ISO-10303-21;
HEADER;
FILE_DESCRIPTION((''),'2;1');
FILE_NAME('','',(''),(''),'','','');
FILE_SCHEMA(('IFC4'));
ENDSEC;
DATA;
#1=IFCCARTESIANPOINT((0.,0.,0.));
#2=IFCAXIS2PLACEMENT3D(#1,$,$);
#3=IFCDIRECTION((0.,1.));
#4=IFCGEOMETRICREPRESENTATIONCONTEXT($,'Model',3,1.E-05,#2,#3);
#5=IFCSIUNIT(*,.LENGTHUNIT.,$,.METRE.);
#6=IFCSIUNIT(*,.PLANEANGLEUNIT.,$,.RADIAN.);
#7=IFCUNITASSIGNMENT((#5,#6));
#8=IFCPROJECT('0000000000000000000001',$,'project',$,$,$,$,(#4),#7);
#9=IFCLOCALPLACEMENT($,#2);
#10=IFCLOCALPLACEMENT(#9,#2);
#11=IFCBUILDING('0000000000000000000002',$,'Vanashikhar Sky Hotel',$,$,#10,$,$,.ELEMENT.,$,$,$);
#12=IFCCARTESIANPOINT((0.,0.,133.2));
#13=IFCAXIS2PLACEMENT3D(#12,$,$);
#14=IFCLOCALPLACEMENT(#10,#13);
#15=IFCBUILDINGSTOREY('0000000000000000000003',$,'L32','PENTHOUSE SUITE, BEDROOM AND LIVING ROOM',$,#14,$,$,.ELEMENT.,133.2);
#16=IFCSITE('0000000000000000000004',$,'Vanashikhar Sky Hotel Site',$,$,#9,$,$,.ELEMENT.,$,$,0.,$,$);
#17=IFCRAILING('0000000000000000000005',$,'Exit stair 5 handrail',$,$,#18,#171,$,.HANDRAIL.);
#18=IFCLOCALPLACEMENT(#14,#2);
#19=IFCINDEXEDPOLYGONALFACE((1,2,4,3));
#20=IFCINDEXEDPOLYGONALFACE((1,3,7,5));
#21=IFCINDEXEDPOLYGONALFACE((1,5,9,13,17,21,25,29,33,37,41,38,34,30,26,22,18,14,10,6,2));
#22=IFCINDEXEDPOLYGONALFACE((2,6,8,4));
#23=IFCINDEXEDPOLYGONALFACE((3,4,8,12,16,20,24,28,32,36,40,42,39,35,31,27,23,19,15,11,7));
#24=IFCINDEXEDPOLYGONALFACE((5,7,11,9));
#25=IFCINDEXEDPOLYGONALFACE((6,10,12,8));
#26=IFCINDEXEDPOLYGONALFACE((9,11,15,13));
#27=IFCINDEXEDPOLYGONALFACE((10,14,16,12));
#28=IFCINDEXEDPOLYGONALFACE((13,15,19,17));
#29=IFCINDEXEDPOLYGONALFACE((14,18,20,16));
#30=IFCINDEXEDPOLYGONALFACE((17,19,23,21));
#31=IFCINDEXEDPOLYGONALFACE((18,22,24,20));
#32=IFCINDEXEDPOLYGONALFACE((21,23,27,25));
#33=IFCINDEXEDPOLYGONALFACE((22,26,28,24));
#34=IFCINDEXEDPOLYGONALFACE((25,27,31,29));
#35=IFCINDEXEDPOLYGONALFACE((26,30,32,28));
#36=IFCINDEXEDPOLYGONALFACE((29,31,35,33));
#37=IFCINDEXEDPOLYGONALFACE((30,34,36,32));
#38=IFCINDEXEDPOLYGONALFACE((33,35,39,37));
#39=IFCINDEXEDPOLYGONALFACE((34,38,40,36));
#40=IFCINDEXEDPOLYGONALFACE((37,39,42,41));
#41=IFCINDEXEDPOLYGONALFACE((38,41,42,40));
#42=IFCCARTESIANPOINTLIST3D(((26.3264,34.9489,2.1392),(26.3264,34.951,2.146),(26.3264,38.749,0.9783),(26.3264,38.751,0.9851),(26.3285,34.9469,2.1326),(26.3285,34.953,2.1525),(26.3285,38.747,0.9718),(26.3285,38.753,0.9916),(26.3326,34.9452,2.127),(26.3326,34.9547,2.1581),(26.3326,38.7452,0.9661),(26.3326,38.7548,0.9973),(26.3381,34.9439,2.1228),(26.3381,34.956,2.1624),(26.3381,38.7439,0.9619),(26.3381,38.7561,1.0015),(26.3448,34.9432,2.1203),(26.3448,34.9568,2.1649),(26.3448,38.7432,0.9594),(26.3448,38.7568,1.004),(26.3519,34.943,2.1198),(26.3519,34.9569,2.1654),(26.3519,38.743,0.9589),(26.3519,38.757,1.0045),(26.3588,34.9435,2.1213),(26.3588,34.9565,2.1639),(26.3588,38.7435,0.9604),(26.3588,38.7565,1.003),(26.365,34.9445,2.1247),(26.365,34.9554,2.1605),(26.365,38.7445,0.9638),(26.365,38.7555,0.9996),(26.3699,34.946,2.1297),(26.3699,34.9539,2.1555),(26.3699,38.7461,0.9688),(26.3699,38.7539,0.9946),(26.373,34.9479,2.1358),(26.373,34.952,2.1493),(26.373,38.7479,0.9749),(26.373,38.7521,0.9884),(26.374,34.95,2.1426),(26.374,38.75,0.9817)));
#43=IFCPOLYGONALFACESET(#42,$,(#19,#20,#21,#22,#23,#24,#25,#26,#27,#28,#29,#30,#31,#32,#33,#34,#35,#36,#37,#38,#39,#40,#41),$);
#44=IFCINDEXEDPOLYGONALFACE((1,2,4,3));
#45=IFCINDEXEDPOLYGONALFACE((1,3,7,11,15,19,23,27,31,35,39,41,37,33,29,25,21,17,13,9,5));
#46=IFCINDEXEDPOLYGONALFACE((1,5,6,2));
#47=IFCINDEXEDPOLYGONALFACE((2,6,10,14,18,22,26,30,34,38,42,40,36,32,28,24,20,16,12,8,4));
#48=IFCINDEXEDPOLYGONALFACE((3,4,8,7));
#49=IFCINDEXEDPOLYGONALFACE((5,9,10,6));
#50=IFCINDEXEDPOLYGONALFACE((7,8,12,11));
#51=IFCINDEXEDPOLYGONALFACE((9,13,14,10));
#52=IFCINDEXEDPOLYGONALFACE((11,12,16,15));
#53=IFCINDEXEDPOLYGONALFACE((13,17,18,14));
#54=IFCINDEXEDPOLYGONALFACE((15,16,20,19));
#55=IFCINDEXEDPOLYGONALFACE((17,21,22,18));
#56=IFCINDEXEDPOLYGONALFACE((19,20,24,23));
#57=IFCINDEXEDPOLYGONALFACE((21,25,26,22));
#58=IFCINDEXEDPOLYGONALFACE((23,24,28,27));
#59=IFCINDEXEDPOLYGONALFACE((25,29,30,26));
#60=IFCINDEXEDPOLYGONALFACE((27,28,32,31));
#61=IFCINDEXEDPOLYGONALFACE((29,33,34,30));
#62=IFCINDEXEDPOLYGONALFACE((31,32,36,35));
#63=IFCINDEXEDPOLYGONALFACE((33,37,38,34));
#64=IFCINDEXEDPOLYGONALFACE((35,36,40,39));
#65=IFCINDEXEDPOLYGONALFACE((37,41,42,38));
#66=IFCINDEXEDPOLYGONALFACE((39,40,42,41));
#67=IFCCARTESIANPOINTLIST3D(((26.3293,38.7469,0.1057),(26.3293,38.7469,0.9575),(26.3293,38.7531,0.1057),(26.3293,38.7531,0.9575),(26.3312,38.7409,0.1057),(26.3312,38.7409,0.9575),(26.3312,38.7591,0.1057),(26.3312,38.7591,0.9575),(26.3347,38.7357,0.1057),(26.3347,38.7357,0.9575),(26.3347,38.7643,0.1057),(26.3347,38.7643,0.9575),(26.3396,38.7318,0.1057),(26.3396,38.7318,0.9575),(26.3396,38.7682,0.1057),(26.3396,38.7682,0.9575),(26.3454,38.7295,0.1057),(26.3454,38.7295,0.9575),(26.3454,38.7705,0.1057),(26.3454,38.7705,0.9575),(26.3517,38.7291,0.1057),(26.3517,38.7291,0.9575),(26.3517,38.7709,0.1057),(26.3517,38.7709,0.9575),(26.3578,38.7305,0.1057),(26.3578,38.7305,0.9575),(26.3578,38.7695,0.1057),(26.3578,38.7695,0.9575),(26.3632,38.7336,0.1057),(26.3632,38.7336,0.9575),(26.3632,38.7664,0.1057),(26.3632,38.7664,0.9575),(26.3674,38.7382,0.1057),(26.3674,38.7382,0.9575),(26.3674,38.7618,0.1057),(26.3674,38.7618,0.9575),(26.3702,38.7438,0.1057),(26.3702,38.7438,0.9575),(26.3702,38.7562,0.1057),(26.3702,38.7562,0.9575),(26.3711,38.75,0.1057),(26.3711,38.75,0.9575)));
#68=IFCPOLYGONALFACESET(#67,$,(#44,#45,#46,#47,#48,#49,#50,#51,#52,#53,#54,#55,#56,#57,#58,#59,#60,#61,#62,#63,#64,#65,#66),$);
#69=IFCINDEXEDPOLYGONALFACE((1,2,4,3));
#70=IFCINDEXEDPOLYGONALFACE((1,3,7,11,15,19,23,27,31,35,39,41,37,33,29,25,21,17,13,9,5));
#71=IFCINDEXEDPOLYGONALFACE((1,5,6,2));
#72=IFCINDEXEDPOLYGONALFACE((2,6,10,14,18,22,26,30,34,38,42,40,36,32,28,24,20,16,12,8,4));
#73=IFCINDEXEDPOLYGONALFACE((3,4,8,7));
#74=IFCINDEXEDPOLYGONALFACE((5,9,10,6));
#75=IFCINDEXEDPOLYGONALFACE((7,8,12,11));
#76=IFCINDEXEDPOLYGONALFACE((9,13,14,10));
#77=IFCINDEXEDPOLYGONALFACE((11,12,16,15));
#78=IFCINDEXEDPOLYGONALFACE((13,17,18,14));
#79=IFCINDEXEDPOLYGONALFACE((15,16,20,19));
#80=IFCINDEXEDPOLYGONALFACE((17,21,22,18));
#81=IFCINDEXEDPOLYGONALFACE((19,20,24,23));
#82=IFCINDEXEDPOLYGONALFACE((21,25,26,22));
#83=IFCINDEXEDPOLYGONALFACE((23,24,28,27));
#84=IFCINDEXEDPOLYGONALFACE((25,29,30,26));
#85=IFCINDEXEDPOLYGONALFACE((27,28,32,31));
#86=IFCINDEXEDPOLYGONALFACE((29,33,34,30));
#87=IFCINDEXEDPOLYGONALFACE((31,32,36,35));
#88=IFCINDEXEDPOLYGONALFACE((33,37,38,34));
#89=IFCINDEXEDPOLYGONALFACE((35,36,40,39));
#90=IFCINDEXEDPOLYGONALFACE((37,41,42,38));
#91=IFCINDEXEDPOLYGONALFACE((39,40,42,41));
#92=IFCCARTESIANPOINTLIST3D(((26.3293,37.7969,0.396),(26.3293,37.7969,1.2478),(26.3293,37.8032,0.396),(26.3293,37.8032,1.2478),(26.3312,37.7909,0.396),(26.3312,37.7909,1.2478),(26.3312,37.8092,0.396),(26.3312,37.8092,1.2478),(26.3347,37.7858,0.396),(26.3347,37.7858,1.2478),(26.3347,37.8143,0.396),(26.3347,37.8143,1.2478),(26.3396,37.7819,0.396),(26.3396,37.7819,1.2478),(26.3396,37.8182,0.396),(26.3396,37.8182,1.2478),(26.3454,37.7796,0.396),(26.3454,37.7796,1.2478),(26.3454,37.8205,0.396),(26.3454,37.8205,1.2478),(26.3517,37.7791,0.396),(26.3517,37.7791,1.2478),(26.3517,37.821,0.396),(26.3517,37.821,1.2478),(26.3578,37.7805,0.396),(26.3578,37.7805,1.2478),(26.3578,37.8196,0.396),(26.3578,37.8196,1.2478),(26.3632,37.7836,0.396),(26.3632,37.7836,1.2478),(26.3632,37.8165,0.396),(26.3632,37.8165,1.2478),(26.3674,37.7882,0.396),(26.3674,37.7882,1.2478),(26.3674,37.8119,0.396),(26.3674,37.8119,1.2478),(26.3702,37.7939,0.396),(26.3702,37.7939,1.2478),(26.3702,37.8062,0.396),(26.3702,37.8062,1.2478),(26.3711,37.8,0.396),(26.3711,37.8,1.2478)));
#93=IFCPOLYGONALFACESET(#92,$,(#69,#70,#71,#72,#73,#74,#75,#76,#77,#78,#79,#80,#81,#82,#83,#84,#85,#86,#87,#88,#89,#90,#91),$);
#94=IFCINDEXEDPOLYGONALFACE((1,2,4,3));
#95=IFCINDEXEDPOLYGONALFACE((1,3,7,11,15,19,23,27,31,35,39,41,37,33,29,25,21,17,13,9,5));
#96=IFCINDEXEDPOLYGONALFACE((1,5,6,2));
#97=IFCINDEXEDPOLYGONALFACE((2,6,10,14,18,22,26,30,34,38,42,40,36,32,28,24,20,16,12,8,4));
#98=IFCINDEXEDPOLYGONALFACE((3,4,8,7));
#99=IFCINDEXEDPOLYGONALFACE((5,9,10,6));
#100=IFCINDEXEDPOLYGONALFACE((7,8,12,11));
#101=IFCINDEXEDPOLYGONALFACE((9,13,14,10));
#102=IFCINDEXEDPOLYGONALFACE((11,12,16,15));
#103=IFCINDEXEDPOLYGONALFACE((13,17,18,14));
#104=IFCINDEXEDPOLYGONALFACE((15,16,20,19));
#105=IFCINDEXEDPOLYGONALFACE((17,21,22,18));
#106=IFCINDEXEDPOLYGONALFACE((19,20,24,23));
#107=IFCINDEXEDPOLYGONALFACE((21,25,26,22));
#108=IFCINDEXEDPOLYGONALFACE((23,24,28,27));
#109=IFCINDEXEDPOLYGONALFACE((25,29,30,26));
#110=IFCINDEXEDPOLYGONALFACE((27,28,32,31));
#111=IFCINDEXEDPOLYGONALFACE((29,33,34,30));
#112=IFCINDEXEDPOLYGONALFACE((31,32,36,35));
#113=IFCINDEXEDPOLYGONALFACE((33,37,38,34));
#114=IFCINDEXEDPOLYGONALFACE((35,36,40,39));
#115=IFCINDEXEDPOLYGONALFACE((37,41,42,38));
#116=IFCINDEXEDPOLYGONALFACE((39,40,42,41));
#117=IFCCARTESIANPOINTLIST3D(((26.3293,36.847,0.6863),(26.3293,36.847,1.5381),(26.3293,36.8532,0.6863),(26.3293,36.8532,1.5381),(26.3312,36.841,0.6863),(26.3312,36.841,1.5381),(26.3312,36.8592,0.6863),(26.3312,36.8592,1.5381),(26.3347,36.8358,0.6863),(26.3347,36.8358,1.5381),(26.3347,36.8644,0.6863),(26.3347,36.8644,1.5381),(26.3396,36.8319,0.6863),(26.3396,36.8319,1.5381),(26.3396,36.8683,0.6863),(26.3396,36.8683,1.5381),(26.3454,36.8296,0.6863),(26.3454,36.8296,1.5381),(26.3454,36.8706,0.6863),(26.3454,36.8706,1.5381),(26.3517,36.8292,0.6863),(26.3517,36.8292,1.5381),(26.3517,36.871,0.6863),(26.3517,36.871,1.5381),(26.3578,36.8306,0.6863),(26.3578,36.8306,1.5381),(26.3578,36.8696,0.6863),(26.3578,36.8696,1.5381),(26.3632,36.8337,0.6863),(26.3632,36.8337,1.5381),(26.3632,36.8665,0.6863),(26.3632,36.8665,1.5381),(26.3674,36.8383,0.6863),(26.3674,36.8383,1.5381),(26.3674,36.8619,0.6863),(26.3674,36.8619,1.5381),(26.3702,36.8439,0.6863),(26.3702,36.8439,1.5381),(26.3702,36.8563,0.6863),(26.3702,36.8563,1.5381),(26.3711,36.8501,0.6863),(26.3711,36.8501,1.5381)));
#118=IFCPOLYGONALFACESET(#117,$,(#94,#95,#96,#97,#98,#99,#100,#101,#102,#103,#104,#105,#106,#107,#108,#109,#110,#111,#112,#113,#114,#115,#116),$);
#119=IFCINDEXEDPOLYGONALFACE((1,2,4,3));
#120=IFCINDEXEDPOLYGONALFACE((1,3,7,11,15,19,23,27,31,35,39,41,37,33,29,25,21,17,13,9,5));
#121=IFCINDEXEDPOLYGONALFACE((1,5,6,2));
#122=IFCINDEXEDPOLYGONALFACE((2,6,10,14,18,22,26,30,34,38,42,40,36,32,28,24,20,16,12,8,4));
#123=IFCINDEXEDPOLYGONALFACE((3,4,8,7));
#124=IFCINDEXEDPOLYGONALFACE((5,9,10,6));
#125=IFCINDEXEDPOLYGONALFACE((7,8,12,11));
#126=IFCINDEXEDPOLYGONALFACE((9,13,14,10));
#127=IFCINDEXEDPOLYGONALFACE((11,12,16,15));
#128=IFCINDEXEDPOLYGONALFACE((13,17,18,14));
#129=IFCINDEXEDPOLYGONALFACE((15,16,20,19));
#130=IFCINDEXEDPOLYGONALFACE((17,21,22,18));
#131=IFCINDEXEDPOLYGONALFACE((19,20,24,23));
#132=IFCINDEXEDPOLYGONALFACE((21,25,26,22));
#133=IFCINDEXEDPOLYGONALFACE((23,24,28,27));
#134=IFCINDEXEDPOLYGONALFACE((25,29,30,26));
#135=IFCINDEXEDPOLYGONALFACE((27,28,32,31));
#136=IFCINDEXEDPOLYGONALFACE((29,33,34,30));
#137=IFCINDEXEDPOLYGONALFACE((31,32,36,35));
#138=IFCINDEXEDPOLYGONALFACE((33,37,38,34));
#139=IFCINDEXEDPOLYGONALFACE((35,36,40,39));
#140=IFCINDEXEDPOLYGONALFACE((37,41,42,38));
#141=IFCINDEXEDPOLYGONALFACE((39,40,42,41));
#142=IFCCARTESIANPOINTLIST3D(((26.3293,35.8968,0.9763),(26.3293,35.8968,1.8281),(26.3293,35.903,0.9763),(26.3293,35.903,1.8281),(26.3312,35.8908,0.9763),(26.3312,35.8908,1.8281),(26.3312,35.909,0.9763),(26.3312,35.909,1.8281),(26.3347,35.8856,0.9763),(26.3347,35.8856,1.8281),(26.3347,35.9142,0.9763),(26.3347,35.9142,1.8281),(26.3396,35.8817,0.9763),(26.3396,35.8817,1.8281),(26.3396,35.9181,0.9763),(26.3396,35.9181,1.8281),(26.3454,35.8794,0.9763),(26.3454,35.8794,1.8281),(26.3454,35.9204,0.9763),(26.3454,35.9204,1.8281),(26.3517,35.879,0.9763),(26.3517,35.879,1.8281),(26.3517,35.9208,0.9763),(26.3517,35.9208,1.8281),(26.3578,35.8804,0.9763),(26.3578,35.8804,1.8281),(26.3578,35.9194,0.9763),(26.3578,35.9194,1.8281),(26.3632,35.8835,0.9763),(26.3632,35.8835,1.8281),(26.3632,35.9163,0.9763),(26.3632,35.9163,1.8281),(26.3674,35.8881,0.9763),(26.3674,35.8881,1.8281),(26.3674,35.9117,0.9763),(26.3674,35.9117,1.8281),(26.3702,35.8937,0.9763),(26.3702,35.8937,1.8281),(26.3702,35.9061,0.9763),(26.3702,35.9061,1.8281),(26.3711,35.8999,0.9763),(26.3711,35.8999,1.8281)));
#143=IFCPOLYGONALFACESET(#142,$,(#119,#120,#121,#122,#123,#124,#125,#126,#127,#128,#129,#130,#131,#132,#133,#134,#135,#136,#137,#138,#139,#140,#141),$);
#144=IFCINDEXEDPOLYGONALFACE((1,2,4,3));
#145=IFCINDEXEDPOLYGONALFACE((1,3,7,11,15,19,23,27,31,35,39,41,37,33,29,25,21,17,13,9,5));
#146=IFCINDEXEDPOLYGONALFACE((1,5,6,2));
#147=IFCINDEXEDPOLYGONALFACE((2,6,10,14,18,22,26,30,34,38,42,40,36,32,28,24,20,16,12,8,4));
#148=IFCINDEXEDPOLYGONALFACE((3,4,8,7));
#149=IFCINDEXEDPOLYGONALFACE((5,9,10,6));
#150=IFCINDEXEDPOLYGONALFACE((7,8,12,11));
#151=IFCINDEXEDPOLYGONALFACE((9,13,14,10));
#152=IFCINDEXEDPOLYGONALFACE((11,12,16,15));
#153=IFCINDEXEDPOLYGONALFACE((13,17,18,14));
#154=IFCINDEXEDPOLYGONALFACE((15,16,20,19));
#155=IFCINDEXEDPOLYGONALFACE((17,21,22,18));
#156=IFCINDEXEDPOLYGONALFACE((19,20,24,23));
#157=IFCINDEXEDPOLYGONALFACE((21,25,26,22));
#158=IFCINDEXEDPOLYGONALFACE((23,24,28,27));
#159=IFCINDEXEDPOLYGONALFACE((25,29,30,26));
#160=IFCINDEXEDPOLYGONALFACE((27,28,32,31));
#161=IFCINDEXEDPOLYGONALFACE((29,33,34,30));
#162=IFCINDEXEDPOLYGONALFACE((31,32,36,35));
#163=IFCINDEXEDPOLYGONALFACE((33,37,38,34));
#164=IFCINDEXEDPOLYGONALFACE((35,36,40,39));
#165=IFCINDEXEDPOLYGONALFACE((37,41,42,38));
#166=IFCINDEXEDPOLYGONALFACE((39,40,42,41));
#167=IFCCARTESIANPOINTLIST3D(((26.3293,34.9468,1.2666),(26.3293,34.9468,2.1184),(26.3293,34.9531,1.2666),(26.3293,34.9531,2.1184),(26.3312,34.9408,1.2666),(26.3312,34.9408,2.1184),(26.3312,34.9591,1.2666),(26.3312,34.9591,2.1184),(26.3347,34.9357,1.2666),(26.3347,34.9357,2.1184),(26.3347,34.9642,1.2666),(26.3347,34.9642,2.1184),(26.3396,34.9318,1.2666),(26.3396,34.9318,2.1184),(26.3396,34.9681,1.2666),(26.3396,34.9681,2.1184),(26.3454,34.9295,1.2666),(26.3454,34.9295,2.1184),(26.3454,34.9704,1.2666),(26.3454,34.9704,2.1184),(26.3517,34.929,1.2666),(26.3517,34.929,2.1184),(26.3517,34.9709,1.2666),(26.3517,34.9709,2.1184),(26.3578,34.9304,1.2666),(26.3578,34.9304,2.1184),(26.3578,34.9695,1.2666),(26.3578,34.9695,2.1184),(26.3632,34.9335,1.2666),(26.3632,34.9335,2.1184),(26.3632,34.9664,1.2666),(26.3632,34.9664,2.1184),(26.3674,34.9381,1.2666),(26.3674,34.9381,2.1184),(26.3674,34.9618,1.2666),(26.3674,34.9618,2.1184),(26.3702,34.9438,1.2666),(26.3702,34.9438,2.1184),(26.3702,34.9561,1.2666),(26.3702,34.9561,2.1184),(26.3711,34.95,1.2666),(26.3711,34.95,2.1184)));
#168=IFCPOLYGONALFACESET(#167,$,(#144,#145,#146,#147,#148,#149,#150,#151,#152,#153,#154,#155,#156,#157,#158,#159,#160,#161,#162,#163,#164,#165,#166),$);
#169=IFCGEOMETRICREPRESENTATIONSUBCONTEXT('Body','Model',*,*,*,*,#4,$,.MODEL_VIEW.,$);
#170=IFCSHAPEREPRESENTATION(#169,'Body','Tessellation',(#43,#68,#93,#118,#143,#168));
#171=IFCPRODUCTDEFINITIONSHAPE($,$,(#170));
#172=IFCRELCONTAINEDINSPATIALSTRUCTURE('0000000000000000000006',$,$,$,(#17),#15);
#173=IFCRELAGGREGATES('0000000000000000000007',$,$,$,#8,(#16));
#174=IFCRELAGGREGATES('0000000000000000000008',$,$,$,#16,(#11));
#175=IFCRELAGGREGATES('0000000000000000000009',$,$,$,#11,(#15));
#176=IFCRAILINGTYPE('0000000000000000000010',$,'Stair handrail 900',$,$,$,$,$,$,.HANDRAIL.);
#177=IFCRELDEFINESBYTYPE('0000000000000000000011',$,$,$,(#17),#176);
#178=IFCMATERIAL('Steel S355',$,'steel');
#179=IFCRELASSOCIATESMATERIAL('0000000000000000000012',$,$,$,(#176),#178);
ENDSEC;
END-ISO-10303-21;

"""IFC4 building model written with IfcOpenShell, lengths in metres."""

from ifc_helpers import new_model, si_unit, direction, frame, origin, origin_2d, place, context, subcontext, project, spatial, circle, extrude, source, transform, mapped, material, type_object, element, save


model = new_model("IFC4")

# Units and contexts
model_context = context("Model", 3, precision=1e-05, world=origin(), true_north=direction((0.0, 1.0)))
body_context = subcontext(model_context, "Body", "Model", "MODEL_VIEW")
ifc_project = project(units=[si_unit("LENGTHUNIT", "METRE"), si_unit("PLANEANGLEUNIT", "RADIAN")], contexts=[model_context])

# Site, building, storey
site_placement = place(None, origin())
site = spatial("IfcSite", under=ifc_project, at=site_placement, Name="Vanashikhar Sky Hotel Site", CompositionType="ELEMENT", RefElevation=0.0)
building_placement = place(site_placement, origin())
building = spatial("IfcBuilding", under=site, at=building_placement, Name="Vanashikhar Sky Hotel", CompositionType="ELEMENT")
storey_placement = place(building_placement, frame((0.0, 0.0, 133.2)))
storey = spatial("IfcBuildingStorey", under=building, at=storey_placement, Name="L32", Description="PENTHOUSE SUITE, BEDROOM AND LIVING ROOM", CompositionType="ELEMENT", Elevation=133.2)

# Railing
ifc_material_1 = material(Name="Steel S355", Category="steel")
railing_type = type_object("IfcRailingType", Name="Stair handrail 900", PredefinedType="HANDRAIL", material=ifc_material_1)
shared_shape_1 = source(origin(), body_context, "Body", "SweptSolid", [
    extrude(circle(Radius=0.0239, at=origin_2d()), frame((0.0, 0.0, 0.876), z_axis=(0.0, -0.956368, 0.292164), x_axis=(1.0, 0.0, 0.0)), (0.0, 0.0, 1.0), 3.9734),
    extrude(circle(Radius=0.021, at=origin_2d()), origin(), (0.0, 0.0, 1.0), 0.8518),
    extrude(circle(Radius=0.021, at=origin_2d()), frame((0.0, -0.95, 0.2903)), (0.0, 0.0, 1.0), 0.8518),
    extrude(circle(Radius=0.021, at=origin_2d()), frame((0.0, -1.8999, 0.5806)), (0.0, 0.0, 1.0), 0.8518),
    extrude(circle(Radius=0.021, at=origin_2d()), frame((0.0, -2.8501, 0.8706)), (0.0, 0.0, 1.0), 0.8518),
    extrude(circle(Radius=0.021, at=origin_2d()), frame((0.0, -3.8, 1.1609)), (0.0, 0.0, 1.0), 0.8518),
])
railing_1_placement = place(storey_placement, frame((26.3501, 38.75, 0.1057)))
element("IfcRailing", 1, at=railing_1_placement, inside=storey, type_object=railing_type, Name="Exit stair 5 handrail", PredefinedType="HANDRAIL", context=body_context, shape_type="MappedRepresentation", body=[
    mapped(shared_shape_1, transform((0.0, 0.0, 0.0), scale=1.0)),
])

save(model, "model.ifc")
